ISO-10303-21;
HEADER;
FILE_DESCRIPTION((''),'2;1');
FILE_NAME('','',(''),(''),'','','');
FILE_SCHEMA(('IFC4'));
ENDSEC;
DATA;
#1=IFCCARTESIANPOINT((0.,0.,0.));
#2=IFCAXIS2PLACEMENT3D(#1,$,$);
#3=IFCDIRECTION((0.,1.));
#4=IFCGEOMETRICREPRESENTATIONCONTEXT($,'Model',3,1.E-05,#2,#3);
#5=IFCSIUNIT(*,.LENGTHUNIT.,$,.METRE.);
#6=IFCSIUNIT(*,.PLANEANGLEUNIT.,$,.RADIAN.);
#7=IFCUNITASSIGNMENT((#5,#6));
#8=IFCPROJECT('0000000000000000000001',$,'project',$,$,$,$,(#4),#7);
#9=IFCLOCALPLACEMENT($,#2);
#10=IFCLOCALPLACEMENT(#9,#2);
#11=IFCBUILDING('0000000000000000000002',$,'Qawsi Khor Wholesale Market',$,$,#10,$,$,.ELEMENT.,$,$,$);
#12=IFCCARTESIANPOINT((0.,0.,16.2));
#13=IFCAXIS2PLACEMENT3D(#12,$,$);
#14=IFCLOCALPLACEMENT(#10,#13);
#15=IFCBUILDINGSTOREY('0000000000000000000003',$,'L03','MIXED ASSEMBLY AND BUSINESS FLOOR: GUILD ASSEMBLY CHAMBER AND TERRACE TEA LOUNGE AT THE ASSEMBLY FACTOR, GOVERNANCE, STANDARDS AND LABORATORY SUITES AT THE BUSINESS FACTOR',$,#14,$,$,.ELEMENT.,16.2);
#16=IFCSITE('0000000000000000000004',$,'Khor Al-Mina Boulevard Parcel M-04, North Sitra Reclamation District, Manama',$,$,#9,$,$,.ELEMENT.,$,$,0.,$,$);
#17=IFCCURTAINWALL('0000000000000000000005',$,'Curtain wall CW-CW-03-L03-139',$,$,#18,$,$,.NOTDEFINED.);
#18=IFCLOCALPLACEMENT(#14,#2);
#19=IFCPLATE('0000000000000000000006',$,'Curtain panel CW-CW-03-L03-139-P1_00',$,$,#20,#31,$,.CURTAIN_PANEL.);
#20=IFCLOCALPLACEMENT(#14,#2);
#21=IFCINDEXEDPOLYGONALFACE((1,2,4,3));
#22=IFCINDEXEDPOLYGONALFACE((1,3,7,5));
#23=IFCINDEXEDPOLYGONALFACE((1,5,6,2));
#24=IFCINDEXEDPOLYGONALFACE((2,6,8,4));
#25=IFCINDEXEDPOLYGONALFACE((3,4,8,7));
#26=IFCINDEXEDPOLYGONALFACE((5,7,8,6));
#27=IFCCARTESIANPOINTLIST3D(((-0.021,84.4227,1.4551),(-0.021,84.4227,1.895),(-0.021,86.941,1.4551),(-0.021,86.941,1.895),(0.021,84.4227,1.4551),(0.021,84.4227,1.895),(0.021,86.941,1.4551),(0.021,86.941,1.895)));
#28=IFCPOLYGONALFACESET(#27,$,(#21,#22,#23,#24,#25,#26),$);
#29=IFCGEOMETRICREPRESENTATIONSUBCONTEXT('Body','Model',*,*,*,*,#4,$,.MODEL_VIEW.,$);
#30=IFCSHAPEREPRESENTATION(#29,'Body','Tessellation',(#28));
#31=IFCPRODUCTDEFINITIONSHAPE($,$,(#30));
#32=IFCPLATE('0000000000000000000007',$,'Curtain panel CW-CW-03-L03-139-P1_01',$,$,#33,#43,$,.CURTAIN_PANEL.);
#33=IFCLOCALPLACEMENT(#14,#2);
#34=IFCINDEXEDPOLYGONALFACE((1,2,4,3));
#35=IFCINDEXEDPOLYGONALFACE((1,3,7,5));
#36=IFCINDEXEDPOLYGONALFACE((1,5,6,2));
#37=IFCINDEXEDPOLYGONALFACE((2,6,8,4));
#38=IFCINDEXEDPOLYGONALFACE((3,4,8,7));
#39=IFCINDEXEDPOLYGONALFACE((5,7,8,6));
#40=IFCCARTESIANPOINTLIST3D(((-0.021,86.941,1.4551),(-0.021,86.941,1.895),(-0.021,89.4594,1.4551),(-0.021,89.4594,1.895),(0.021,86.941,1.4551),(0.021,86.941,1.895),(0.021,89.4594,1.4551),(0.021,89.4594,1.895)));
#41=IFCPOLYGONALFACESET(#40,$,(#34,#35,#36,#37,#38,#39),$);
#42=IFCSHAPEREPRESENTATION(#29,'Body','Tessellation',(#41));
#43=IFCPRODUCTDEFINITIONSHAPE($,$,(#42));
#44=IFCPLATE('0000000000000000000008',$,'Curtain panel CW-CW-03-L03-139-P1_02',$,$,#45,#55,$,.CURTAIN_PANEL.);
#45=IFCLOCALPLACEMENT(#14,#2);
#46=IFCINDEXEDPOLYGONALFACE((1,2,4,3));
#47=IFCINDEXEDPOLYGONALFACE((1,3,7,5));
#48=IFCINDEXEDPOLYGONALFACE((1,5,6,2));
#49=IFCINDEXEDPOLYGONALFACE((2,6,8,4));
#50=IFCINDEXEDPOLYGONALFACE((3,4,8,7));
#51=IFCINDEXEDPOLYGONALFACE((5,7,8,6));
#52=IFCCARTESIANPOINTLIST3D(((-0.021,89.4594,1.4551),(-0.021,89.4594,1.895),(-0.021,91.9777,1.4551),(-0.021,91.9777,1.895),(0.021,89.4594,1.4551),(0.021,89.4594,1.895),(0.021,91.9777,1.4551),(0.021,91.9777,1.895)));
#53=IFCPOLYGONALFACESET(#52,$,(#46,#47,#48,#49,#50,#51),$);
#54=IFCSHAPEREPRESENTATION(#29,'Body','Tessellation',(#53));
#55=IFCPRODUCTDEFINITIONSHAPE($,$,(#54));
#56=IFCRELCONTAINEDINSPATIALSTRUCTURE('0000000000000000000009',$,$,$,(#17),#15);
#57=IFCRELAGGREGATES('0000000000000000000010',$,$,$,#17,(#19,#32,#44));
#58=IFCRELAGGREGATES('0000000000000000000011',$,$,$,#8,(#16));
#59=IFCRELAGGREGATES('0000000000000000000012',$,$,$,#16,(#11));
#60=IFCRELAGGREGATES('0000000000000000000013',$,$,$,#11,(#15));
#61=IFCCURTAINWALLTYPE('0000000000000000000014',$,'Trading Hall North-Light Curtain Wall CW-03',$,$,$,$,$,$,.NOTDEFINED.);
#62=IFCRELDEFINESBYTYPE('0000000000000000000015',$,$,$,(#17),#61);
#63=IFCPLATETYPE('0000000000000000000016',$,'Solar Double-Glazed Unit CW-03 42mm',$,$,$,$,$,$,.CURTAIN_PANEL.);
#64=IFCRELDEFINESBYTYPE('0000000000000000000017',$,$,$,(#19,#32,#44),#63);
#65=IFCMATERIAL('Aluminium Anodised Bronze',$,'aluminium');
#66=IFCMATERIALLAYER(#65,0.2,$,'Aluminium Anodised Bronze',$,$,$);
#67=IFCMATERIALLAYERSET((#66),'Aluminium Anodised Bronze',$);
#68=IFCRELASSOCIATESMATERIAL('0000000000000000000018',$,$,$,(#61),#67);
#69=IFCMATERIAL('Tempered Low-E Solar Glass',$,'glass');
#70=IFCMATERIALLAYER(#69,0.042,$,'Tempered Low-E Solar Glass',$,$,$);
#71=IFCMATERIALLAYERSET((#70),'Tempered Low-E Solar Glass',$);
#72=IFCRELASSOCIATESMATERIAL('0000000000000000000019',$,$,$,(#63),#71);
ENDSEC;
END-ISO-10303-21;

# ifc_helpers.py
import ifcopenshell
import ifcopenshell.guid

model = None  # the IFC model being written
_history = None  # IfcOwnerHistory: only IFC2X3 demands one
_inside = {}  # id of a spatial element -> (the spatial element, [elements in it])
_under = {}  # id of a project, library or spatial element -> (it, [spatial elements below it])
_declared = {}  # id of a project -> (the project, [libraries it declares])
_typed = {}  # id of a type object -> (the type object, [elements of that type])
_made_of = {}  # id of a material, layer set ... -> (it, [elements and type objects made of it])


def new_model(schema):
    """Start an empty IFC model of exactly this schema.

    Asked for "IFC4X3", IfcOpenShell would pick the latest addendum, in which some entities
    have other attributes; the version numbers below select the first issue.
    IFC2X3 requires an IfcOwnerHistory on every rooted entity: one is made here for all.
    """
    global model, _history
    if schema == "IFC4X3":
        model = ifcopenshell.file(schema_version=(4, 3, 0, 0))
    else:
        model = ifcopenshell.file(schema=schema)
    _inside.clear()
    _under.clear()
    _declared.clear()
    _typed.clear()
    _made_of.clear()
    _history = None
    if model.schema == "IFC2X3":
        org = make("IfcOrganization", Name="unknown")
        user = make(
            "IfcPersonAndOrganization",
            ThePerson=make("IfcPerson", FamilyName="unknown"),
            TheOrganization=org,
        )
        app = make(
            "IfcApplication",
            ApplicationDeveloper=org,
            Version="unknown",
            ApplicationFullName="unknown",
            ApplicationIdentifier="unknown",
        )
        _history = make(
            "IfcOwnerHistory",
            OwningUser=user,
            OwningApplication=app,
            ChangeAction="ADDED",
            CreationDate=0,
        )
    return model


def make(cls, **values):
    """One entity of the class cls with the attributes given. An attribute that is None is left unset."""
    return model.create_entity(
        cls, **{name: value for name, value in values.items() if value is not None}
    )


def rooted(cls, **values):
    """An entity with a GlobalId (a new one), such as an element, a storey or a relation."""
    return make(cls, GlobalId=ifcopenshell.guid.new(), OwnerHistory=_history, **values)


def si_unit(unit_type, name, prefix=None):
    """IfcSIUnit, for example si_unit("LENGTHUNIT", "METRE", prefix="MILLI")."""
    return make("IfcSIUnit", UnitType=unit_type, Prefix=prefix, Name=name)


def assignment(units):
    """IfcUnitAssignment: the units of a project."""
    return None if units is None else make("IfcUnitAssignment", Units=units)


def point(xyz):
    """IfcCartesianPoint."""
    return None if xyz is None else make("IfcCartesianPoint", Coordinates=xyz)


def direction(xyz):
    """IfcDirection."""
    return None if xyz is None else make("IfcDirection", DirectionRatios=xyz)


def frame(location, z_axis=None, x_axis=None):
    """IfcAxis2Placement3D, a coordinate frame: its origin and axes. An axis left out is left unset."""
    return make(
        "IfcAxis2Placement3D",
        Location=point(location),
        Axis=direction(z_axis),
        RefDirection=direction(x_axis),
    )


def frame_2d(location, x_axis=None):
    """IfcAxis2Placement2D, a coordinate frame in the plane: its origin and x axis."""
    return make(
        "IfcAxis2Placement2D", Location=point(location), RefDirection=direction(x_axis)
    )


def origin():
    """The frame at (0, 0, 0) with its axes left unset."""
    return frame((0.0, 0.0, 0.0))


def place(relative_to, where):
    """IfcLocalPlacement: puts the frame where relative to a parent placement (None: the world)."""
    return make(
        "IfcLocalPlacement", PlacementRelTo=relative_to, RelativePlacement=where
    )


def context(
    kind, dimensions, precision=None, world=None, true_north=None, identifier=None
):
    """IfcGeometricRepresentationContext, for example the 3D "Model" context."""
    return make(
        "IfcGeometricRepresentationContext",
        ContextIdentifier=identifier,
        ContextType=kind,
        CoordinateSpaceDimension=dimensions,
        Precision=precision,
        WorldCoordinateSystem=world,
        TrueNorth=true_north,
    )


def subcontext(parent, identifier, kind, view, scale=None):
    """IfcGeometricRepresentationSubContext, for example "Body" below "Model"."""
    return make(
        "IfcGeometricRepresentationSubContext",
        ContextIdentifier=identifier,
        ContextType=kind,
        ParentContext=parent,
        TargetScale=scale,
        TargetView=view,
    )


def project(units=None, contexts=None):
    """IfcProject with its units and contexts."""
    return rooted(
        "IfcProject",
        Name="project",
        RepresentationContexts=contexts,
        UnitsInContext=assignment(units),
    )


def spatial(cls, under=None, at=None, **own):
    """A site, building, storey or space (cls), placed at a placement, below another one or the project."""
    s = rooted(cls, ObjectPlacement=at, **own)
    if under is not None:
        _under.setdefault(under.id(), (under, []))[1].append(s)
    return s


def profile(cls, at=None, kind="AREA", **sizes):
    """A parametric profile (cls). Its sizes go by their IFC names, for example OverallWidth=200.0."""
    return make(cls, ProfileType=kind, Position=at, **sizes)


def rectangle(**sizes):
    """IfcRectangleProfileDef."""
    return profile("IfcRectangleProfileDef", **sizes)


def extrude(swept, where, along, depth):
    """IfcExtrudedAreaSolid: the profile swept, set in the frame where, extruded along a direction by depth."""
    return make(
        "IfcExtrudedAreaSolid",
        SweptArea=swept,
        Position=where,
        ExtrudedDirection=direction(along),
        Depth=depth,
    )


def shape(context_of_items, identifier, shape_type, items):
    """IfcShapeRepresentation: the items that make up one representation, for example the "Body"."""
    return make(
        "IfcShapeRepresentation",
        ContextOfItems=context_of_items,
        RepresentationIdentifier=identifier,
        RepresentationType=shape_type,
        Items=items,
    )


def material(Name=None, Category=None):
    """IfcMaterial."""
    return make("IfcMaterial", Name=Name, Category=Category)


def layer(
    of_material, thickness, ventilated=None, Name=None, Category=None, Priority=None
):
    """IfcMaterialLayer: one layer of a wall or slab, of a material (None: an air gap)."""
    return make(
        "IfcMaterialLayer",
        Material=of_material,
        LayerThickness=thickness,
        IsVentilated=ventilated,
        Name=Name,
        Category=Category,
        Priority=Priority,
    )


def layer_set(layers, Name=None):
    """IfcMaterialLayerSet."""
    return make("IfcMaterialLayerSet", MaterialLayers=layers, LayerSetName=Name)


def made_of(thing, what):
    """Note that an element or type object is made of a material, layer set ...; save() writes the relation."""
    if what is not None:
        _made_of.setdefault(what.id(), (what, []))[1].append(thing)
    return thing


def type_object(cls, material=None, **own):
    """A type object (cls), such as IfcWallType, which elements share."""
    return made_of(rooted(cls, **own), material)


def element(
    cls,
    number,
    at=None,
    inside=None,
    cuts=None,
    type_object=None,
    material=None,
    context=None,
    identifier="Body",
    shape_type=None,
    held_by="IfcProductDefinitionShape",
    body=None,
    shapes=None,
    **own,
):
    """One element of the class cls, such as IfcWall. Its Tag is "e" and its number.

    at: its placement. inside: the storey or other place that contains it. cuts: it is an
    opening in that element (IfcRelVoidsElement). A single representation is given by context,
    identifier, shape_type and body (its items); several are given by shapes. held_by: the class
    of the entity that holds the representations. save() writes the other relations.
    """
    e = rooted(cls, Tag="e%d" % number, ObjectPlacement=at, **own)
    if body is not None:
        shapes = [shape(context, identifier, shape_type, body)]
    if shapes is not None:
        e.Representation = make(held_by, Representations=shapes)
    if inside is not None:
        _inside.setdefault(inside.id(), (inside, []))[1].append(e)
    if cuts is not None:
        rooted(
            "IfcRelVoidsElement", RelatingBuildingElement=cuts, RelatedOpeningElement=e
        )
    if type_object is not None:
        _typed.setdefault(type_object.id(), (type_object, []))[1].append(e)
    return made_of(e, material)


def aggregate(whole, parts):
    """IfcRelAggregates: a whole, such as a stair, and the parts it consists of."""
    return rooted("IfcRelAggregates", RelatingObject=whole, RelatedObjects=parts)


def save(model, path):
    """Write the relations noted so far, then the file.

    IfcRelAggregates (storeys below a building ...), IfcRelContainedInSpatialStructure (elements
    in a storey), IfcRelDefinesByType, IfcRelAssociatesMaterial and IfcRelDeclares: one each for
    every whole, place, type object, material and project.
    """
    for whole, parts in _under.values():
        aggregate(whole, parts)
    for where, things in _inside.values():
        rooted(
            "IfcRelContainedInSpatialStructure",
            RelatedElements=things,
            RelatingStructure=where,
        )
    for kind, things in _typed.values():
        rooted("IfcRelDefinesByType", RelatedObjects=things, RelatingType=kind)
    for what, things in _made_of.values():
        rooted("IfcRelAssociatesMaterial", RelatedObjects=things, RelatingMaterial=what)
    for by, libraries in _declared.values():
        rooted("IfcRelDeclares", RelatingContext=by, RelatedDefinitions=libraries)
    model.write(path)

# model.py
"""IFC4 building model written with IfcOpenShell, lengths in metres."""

from ifc_helpers import new_model, si_unit, direction, frame, frame_2d, origin, place, context, subcontext, project, spatial, rectangle, extrude, material, layer, layer_set, type_object, element, aggregate, save


model = new_model("IFC4")

# Units and contexts
model_context = context("Model", 3, precision=1e-05, world=origin(), true_north=direction((0.0, 1.0)))
body_context = subcontext(model_context, "Body", "Model", "MODEL_VIEW")
ifc_project = project(units=[si_unit("LENGTHUNIT", "METRE"), si_unit("PLANEANGLEUNIT", "RADIAN")], contexts=[model_context])

# Site, building, storey
site_placement = place(None, origin())
site = spatial("IfcSite", under=ifc_project, at=site_placement, Name="Khor Al-Mina Boulevard Parcel M-04, North Sitra Reclamation District, Manama", CompositionType="ELEMENT", RefElevation=0.0)
building_placement = place(site_placement, origin())
building = spatial("IfcBuilding", under=site, at=building_placement, Name="Qawsi Khor Wholesale Market", CompositionType="ELEMENT")
storey_placement = place(building_placement, frame((0.0, 0.0, 16.2)))
storey = spatial("IfcBuildingStorey", under=building, at=storey_placement, Name="L03", Description="MIXED ASSEMBLY AND BUSINESS FLOOR: GUILD ASSEMBLY CHAMBER AND TERRACE TEA LOUNGE AT THE ASSEMBLY FACTOR, GOVERNANCE, STANDARDS AND LABORATORY SUITES AT THE BUSINESS FACTOR", CompositionType="ELEMENT", Elevation=16.2)

# Shared definitions
ifc_material_1 = material(Name="Aluminium Anodised Bronze", Category="aluminium")
ifc_layer_1 = layer(ifc_material_1, 0.2, Name="Aluminium Anodised Bronze")
ifc_layer_set_1 = layer_set([ifc_layer_1], Name="Aluminium Anodised Bronze")
curtain_wall_type = type_object("IfcCurtainWallType", Name="Trading Hall North-Light Curtain Wall CW-03", PredefinedType="NOTDEFINED", material=ifc_layer_set_1)

# Curtain wall
curtain_wall_1_placement = place(storey_placement, origin())
curtain_wall_1 = element("IfcCurtainWall", 1, at=curtain_wall_1_placement, inside=storey, type_object=curtain_wall_type, Name="Curtain wall CW-CW-03-L03-139", PredefinedType="NOTDEFINED")

# Plates
ifc_material_2 = material(Name="Tempered Low-E Solar Glass", Category="glass")
ifc_layer_2 = layer(ifc_material_2, 0.042, Name="Tempered Low-E Solar Glass")
ifc_layer_set_2 = layer_set([ifc_layer_2], Name="Tempered Low-E Solar Glass")
plate_type = type_object("IfcPlateType", Name="Solar Double-Glazed Unit CW-03 42mm", PredefinedType="CURTAIN_PANEL", material=ifc_layer_set_2)
plate_1_placement = place(storey_placement, frame((0.0, 84.4226, 1.4551), z_axis=(0.0, 0.0, 1.0), x_axis=(0.0, 1.0, 0.0)))
plate_1 = element("IfcPlate", 2, at=plate_1_placement, type_object=plate_type, Name="Curtain panel CW-CW-03-L03-139-P1_00", PredefinedType="CURTAIN_PANEL", context=body_context, shape_type="SweptSolid", body=[
    extrude(rectangle(XDim=2.5183, YDim=0.042, at=frame_2d((1.2593, 0.0))), origin(), (0.0, 0.0, 1.0), 0.4399),
])
plate_2_placement = place(storey_placement, frame((0.0, 86.9409, 1.4551), z_axis=(0.0, 0.0, 1.0), x_axis=(0.0, 1.0, 0.0)))
plate_2 = element("IfcPlate", 3, at=plate_2_placement, type_object=plate_type, Name="Curtain panel CW-CW-03-L03-139-P1_01", PredefinedType="CURTAIN_PANEL", context=body_context, shape_type="SweptSolid", body=[
    extrude(rectangle(XDim=2.5183, YDim=0.042, at=frame_2d((1.2593, 0.0))), origin(), (0.0, 0.0, 1.0), 0.4399),
])
plate_3_placement = place(storey_placement, frame((0.0, 89.4592, 1.4551), z_axis=(0.0, 0.0, 1.0), x_axis=(0.0, 1.0, 0.0)))
plate_3 = element("IfcPlate", 4, at=plate_3_placement, type_object=plate_type, Name="Curtain panel CW-CW-03-L03-139-P1_02", PredefinedType="CURTAIN_PANEL", context=body_context, shape_type="SweptSolid", body=[
    extrude(rectangle(XDim=2.5183, YDim=0.042, at=frame_2d((1.2593, 0.0))), origin(), (0.0, 0.0, 1.0), 0.4399),
])
aggregate(curtain_wall_1, [plate_1, plate_2, plate_3])

save(model, "model.ifc")
